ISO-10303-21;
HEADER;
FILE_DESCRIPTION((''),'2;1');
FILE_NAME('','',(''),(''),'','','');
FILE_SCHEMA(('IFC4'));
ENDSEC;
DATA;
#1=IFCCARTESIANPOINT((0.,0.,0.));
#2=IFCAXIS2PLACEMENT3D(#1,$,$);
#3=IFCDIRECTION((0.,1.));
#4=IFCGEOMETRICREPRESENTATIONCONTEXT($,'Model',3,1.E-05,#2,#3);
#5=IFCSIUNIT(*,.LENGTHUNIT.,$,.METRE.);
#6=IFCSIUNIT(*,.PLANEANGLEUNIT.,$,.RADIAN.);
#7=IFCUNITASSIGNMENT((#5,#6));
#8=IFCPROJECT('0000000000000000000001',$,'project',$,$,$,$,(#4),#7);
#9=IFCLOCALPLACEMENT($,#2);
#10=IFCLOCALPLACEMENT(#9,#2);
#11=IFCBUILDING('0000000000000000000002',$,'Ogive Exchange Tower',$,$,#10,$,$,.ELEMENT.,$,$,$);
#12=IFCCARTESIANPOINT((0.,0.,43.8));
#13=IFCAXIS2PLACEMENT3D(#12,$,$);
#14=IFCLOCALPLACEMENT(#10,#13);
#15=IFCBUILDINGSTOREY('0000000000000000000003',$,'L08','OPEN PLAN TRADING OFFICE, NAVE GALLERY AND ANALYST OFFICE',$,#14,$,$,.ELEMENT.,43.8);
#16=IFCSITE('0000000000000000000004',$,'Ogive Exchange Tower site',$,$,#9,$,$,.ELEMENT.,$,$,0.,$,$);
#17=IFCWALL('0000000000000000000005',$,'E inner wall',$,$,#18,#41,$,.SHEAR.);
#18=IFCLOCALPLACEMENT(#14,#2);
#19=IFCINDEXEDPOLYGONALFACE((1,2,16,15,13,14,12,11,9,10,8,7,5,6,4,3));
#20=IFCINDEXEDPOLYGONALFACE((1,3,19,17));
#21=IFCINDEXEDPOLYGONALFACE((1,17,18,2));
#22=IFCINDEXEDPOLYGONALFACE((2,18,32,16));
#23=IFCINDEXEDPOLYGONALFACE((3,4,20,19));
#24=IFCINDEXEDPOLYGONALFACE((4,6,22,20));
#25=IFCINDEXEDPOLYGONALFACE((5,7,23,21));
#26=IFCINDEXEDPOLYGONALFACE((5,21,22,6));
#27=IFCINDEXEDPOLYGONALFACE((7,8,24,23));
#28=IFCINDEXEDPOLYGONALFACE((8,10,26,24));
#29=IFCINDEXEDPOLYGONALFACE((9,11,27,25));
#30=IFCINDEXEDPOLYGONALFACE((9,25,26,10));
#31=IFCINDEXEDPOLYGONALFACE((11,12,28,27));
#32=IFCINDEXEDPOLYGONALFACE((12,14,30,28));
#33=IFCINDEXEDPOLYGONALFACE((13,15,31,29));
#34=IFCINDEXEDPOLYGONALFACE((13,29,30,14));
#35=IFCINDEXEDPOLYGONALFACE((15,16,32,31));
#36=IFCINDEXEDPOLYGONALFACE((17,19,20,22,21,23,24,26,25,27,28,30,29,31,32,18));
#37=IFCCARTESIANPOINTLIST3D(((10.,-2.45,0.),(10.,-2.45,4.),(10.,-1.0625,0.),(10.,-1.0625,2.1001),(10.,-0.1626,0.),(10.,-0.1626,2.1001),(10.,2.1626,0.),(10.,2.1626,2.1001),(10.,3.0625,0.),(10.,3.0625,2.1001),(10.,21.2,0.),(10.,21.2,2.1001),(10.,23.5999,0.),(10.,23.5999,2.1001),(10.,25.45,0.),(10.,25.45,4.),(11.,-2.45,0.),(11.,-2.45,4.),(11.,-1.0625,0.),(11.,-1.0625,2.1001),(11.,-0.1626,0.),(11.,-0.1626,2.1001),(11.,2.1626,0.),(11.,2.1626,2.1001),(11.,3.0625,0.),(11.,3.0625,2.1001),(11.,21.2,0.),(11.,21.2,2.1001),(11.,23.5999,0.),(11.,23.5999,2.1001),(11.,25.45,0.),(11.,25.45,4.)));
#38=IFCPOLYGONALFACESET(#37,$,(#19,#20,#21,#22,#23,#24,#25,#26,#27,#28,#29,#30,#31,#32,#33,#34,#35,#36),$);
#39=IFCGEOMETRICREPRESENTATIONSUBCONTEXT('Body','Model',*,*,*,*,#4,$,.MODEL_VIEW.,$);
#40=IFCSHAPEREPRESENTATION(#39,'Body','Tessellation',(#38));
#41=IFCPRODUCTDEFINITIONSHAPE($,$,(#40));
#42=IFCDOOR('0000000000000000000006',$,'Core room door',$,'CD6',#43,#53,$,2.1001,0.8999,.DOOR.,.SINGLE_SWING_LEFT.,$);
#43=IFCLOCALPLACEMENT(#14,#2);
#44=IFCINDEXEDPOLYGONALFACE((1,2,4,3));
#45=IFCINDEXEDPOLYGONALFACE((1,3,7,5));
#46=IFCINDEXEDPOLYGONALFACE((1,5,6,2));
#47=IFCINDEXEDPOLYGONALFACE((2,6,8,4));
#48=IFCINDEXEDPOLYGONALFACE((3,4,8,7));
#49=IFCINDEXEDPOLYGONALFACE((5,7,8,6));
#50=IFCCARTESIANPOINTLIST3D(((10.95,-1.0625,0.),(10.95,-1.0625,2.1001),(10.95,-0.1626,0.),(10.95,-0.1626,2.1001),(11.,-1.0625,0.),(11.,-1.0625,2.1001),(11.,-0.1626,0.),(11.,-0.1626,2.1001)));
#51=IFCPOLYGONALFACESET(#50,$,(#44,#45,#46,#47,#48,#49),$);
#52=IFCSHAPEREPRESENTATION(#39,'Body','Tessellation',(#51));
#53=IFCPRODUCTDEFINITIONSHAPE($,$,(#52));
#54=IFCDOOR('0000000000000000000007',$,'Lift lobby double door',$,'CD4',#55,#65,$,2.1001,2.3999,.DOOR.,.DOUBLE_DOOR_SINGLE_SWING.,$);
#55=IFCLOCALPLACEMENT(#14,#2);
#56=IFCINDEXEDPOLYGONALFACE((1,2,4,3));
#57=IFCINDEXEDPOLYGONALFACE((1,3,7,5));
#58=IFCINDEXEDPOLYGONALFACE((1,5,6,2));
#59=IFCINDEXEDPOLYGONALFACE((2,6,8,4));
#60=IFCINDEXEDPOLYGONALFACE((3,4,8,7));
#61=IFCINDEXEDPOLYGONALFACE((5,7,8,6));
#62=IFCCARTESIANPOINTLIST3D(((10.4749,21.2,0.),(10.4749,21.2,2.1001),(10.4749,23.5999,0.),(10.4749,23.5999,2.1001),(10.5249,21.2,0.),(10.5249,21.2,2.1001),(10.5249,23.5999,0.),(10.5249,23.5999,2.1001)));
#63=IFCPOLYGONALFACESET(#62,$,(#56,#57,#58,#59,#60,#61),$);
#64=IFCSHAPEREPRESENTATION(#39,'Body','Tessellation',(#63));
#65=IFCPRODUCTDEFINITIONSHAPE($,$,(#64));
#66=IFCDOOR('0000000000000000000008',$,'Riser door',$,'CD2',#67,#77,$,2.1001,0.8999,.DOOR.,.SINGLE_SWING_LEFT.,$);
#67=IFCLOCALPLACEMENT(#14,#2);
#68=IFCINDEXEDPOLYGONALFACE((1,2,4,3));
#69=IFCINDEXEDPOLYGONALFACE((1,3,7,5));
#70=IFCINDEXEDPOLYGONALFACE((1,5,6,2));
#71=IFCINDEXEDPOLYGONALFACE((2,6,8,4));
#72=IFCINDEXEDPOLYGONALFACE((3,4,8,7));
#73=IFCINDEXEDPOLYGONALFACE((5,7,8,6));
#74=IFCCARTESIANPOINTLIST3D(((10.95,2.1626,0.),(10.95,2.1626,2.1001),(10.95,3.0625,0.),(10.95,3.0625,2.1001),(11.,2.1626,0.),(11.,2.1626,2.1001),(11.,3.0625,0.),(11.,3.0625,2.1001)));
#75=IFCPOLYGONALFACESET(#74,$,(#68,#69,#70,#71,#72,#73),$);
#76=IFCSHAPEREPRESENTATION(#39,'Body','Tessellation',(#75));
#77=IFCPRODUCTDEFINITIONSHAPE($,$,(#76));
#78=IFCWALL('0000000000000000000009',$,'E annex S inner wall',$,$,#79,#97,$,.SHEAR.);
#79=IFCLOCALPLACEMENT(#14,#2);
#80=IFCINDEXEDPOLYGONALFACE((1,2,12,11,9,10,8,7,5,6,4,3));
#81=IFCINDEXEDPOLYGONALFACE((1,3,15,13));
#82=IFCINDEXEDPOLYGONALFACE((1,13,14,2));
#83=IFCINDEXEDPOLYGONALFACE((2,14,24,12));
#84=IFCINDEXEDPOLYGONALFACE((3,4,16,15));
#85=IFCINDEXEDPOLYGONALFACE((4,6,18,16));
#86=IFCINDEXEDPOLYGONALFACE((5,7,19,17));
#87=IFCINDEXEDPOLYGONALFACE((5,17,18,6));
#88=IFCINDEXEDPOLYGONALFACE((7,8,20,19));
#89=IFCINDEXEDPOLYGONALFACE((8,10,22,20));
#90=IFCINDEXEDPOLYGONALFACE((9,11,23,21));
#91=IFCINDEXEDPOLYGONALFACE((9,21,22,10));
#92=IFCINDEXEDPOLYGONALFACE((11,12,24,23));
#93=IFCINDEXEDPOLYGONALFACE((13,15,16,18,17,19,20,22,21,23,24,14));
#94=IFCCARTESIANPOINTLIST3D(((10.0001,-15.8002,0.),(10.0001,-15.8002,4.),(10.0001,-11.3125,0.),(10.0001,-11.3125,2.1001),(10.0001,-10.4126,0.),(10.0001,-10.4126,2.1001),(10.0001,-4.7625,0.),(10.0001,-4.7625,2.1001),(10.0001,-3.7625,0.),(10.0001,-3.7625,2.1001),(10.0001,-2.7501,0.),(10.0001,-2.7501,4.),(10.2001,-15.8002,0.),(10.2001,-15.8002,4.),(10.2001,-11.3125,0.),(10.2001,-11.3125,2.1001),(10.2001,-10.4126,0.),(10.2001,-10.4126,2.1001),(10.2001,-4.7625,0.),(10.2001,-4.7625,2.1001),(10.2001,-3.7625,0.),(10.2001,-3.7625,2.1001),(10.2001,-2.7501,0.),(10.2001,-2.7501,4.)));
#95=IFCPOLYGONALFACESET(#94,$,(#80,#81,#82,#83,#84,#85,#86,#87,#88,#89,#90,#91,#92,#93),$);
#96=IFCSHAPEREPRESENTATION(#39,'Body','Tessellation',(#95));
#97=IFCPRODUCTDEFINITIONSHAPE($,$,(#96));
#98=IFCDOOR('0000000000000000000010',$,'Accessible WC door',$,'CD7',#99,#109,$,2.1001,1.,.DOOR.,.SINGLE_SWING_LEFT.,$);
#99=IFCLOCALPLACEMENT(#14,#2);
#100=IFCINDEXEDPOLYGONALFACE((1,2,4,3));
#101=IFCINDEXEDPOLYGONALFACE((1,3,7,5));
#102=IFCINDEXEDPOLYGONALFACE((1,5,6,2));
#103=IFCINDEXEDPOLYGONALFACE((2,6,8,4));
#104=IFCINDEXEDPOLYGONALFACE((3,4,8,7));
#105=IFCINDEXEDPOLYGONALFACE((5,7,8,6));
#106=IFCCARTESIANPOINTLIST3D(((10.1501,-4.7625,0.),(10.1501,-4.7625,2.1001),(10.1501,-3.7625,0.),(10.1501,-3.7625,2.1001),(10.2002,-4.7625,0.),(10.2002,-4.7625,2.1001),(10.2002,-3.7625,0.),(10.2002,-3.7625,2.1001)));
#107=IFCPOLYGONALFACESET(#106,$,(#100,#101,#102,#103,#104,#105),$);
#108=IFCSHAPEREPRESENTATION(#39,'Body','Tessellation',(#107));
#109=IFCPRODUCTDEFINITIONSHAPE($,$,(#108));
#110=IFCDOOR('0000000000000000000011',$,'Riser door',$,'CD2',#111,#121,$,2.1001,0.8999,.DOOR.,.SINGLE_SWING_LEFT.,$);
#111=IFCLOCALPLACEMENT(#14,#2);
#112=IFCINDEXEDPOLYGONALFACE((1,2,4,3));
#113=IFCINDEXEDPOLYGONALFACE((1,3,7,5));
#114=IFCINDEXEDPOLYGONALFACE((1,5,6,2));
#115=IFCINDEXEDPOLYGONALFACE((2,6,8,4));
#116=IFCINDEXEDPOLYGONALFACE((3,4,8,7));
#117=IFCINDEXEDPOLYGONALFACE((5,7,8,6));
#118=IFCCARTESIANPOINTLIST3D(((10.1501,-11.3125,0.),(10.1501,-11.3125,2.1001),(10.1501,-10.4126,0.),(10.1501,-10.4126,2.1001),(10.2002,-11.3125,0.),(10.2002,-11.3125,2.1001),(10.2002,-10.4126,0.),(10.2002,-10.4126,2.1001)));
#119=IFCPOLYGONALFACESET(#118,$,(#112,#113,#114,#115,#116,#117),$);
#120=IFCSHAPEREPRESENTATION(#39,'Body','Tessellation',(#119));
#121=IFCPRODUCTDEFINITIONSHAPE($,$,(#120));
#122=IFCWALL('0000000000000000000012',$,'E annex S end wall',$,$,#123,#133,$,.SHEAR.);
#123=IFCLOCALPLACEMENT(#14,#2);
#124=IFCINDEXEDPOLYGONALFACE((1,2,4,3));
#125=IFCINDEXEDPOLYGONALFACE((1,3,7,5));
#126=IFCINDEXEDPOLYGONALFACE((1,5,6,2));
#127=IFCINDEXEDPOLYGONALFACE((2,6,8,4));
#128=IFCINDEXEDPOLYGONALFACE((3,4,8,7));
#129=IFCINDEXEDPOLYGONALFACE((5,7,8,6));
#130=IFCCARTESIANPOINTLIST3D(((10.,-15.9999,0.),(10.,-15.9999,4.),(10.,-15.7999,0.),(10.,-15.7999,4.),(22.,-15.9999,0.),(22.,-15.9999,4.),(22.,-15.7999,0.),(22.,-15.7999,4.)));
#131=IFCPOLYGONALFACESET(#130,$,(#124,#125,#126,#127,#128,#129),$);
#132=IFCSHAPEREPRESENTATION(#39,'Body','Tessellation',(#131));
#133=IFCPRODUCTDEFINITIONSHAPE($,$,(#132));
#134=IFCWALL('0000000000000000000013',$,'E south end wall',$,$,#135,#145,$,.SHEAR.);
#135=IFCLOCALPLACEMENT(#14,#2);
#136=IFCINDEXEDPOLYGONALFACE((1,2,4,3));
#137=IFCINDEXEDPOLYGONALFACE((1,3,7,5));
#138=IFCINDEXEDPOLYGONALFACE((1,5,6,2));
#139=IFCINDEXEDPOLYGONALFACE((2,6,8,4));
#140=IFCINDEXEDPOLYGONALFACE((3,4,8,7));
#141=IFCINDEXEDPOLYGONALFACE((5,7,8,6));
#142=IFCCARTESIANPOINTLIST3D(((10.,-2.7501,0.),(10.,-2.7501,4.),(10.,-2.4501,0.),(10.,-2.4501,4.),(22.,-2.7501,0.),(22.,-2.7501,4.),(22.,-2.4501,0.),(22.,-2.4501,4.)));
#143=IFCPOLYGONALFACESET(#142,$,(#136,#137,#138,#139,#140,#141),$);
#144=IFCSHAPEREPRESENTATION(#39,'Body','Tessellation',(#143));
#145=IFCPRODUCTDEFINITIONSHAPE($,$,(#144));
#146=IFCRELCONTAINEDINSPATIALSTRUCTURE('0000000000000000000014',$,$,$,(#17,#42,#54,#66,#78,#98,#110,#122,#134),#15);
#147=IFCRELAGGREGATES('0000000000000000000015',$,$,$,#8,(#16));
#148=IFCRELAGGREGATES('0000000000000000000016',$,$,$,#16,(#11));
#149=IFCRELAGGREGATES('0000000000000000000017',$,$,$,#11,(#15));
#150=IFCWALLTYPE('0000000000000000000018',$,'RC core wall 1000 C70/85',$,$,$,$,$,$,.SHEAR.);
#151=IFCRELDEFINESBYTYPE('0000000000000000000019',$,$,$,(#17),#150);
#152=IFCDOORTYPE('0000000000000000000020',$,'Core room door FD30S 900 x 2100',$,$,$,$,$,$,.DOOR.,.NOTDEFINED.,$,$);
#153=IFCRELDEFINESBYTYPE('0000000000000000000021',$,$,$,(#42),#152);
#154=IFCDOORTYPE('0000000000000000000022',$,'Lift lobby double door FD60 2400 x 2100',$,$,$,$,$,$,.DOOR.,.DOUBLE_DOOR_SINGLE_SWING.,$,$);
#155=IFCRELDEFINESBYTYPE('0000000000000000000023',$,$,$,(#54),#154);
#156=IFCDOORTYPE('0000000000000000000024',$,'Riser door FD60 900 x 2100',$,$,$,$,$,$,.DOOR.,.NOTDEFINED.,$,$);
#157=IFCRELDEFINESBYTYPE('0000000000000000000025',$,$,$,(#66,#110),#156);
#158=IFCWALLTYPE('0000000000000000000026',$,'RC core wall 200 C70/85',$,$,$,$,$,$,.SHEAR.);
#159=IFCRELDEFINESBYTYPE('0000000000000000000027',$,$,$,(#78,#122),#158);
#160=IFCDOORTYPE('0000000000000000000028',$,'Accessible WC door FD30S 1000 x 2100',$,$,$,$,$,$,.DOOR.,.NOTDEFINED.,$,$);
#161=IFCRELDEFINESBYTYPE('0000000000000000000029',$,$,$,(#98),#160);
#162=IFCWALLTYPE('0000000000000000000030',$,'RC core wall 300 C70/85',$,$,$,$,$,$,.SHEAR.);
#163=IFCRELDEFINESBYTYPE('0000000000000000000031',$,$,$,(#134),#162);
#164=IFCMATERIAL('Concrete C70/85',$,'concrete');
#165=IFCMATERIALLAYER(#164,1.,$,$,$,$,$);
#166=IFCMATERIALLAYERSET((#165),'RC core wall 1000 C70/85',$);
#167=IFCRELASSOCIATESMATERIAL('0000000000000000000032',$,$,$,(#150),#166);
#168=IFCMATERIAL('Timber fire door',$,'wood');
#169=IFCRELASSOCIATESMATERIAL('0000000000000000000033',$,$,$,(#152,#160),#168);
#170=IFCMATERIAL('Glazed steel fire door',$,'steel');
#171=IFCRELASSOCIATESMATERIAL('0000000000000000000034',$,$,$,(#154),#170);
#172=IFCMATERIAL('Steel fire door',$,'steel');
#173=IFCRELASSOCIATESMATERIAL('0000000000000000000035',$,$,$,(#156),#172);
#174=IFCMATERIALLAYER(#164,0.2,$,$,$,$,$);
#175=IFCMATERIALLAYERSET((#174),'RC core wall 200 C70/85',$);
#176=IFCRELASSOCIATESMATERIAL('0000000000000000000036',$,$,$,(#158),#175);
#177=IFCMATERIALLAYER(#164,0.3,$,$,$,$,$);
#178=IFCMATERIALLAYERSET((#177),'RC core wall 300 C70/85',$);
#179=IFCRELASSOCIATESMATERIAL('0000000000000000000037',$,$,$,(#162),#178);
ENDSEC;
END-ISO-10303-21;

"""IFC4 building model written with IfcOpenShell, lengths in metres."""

from ifc_helpers import new_model, si_unit, direction, frame, frame_2d, origin, place, context, subcontext, project, spatial, rectangle, extrude, material, layer, layer_set, type_object, element, fill, save


model = new_model("IFC4")

# Units and contexts
model_context = context("Model", 3, precision=1e-05, world=origin(), true_north=direction((0.0, 1.0)))
body_context = subcontext(model_context, "Body", "Model", "MODEL_VIEW")
ifc_project = project(units=[si_unit("LENGTHUNIT", "METRE"), si_unit("PLANEANGLEUNIT", "RADIAN")], contexts=[model_context])

# Site, building, storey
site_placement = place(None, origin())
site = spatial("IfcSite", under=ifc_project, at=site_placement, Name="Ogive Exchange Tower site", CompositionType="ELEMENT", RefElevation=0.0)
building_placement = place(site_placement, origin())
building = spatial("IfcBuilding", under=site, at=building_placement, Name="Ogive Exchange Tower", CompositionType="ELEMENT")
storey_placement = place(building_placement, frame((0.0, 0.0, 43.8)))
storey = spatial("IfcBuildingStorey", under=building, at=storey_placement, Name="L08", Description="OPEN PLAN TRADING OFFICE, NAVE GALLERY AND ANALYST OFFICE", CompositionType="ELEMENT", Elevation=43.8)

# Shared definitions
ifc_material_1 = material(Name="Concrete C70/85", Category="concrete")

# Walls, openings, doors
ifc_layer_1 = layer(ifc_material_1, 1.0)
ifc_layer_set_1 = layer_set([ifc_layer_1], Name="RC core wall 1000 C70/85")
wall_type_1 = type_object("IfcWallType", Name="RC core wall 1000 C70/85", PredefinedType="SHEAR", material=ifc_layer_set_1)
wall_1_placement = place(storey_placement, frame((10.5, -2.45, 0.0), z_axis=(0.0, 0.0, 1.0), x_axis=(0.0, 1.0, 0.0)))
wall_1 = element("IfcWall", 1, at=wall_1_placement, inside=storey, type_object=wall_type_1, Name="E inner wall", PredefinedType="SHEAR", context=body_context, shape_type="SweptSolid", body=[
    extrude(rectangle(XDim=27.8999, YDim=1.0, at=frame_2d((13.95, 0.0))), origin(), (0.0, 0.0, 1.0), 4.0),
])
opening_1_placement = place(wall_1_placement, frame((23.6499, 0.0, 0.0)))
opening_1 = element("IfcOpeningElement", 2, at=opening_1_placement, cuts=wall_1, PredefinedType="OPENING", context=body_context, shape_type="SweptSolid", body=[
    extrude(rectangle(XDim=2.3999, YDim=2.1001, at=frame_2d((1.2, 1.05))), frame((0.0, 0.51, 0.0), z_axis=(0.0, -1.0, 0.0), x_axis=(1.0, 0.0, 0.0)), (0.0, 0.0, 1.0), 1.02),
])
opening_2_placement = place(wall_1_placement, frame((1.3875, 0.0, 0.0)))
opening_2 = element("IfcOpeningElement", 3, at=opening_2_placement, cuts=wall_1, PredefinedType="OPENING", context=body_context, shape_type="SweptSolid", body=[
    extrude(rectangle(XDim=0.8999, YDim=2.1001, at=frame_2d((0.45, 1.05))), frame((0.0, 0.51, 0.0), z_axis=(0.0, -1.0, 0.0), x_axis=(1.0, 0.0, 0.0)), (0.0, 0.0, 1.0), 1.02),
])
opening_3_placement = place(wall_1_placement, frame((4.6125, 0.0, 0.0)))
opening_3 = element("IfcOpeningElement", 4, at=opening_3_placement, cuts=wall_1, PredefinedType="OPENING", context=body_context, shape_type="SweptSolid", body=[
    extrude(rectangle(XDim=0.8999, YDim=2.1001, at=frame_2d((0.45, 1.05))), frame((0.0, 0.51, 0.0), z_axis=(0.0, -1.0, 0.0), x_axis=(1.0, 0.0, 0.0)), (0.0, 0.0, 1.0), 1.02),
])
ifc_material_2 = material(Name="Timber fire door", Category="wood")
door_type_1 = type_object("IfcDoorType", Name="Core room door FD30S 900 x 2100", OperationType="NOTDEFINED", PredefinedType="DOOR", material=ifc_material_2)
door_1_placement = place(opening_2_placement, frame((0.8999, -0.9502, 0.0), z_axis=(0.0, 0.0, 1.0), x_axis=(-1.0, 0.0, 0.0)))
door_1 = element("IfcDoor", 5, at=door_1_placement, inside=storey, type_object=door_type_1, Name="Core room door", ObjectType="CD6", OperationType="SINGLE_SWING_LEFT", OverallHeight=2.1001, OverallWidth=0.8999, PredefinedType="DOOR", context=body_context, shape_type="SweptSolid", body=[
    extrude(rectangle(XDim=0.8999, YDim=2.1001, at=frame_2d((0.45, 1.05))), frame((0.0, -0.4502, 0.0), z_axis=(0.0, -1.0, 0.0), x_axis=(1.0, 0.0, 0.0)), (0.0, 0.0, 1.0), 0.05),
])
fill(opening_2, door_1)
ifc_material_3 = material(Name="Glazed steel fire door", Category="steel")
door_type_2 = type_object("IfcDoorType", Name="Lift lobby double door FD60 2400 x 2100", OperationType="DOUBLE_DOOR_SINGLE_SWING", PredefinedType="DOOR", material=ifc_material_3)
door_2_placement = place(opening_1_placement, frame((2.3999, 0.0, 0.0), z_axis=(0.0, 0.0, 1.0), x_axis=(-1.0, 0.0, 0.0)))
door_2 = element("IfcDoor", 6, at=door_2_placement, inside=storey, type_object=door_type_2, Name="Lift lobby double door", ObjectType="CD4", OperationType="DOUBLE_DOOR_SINGLE_SWING", OverallHeight=2.1001, OverallWidth=2.3999, PredefinedType="DOOR", context=body_context, shape_type="SweptSolid", body=[
    extrude(rectangle(XDim=2.3999, YDim=2.1001, at=frame_2d((1.2, 1.05))), frame((0.0, 0.0249, 0.0), z_axis=(0.0, -1.0, 0.0), x_axis=(1.0, 0.0, 0.0)), (0.0, 0.0, 1.0), 0.05),
])
fill(opening_1, door_2)
ifc_material_4 = material(Name="Steel fire door", Category="steel")
door_type_3 = type_object("IfcDoorType", Name="Riser door FD60 900 x 2100", OperationType="NOTDEFINED", PredefinedType="DOOR", material=ifc_material_4)
door_3_placement = place(opening_3_placement, frame((0.8999, -0.9502, 0.0), z_axis=(0.0, 0.0, 1.0), x_axis=(-1.0, 0.0, 0.0)))
door_3 = element("IfcDoor", 7, at=door_3_placement, inside=storey, type_object=door_type_3, Name="Riser door", ObjectType="CD2", OperationType="SINGLE_SWING_LEFT", OverallHeight=2.1001, OverallWidth=0.8999, PredefinedType="DOOR", context=body_context, shape_type="SweptSolid", body=[
    extrude(rectangle(XDim=0.8999, YDim=2.1001, at=frame_2d((0.45, 1.05))), frame((0.0, -0.4502, 0.0), z_axis=(0.0, -1.0, 0.0), x_axis=(1.0, 0.0, 0.0)), (0.0, 0.0, 1.0), 0.05),
])
fill(opening_3, door_3)
ifc_layer_2 = layer(ifc_material_1, 0.2)
ifc_layer_set_2 = layer_set([ifc_layer_2], Name="RC core wall 200 C70/85")
wall_type_2 = type_object("IfcWallType", Name="RC core wall 200 C70/85", PredefinedType="SHEAR", material=ifc_layer_set_2)
wall_2_placement = place(storey_placement, frame((10.1001, -15.8, 0.0), z_axis=(0.0, 0.0, 1.0), x_axis=(0.0, 1.0, 0.0)))
wall_2 = element("IfcWall", 8, at=wall_2_placement, inside=storey, type_object=wall_type_2, Name="E annex S inner wall", PredefinedType="SHEAR", context=body_context, shape_type="SweptSolid", body=[
    extrude(rectangle(XDim=13.05, YDim=0.2, at=frame_2d((6.5249, 0.0))), origin(), (0.0, 0.0, 1.0), 4.0),
])
opening_4_placement = place(wall_2_placement, frame((4.4875, 0.0, 0.0)))
opening_4 = element("IfcOpeningElement", 9, at=opening_4_placement, cuts=wall_2, PredefinedType="OPENING", context=body_context, shape_type="SweptSolid", body=[
    extrude(rectangle(XDim=0.8999, YDim=2.1001, at=frame_2d((0.45, 1.05))), frame((0.0, 0.1099, 0.0), z_axis=(0.0, -1.0, 0.0), x_axis=(1.0, 0.0, 0.0)), (0.0, 0.0, 1.0), 0.22),
])
opening_5_placement = place(wall_2_placement, frame((11.0376, 0.0, 0.0)))
opening_5 = element("IfcOpeningElement", 10, at=opening_5_placement, cuts=wall_2, PredefinedType="OPENING", context=body_context, shape_type="SweptSolid", body=[
    extrude(rectangle(XDim=1.0, YDim=2.1001, at=frame_2d((0.5, 1.05))), frame((0.0, 0.1099, 0.0), z_axis=(0.0, -1.0, 0.0), x_axis=(1.0, 0.0, 0.0)), (0.0, 0.0, 1.0), 0.22),
])
door_type_4 = type_object("IfcDoorType", Name="Accessible WC door FD30S 1000 x 2100", OperationType="NOTDEFINED", PredefinedType="DOOR", material=ifc_material_2)
door_4_placement = place(opening_5_placement, frame((1.0, -0.1499, 0.0), z_axis=(0.0, 0.0, 1.0), x_axis=(-1.0, 0.0, 0.0)))
door_4 = element("IfcDoor", 11, at=door_4_placement, inside=storey, type_object=door_type_4, Name="Accessible WC door", ObjectType="CD7", OperationType="SINGLE_SWING_LEFT", OverallHeight=2.1001, OverallWidth=1.0, PredefinedType="DOOR", context=body_context, shape_type="SweptSolid", body=[
    extrude(rectangle(XDim=1.0, YDim=2.1001, at=frame_2d((0.5, 1.05))), frame((0.0, -0.0498, 0.0), z_axis=(0.0, -1.0, 0.0), x_axis=(1.0, 0.0, 0.0)), (0.0, 0.0, 1.0), 0.05),
])
fill(opening_5, door_4)
door_5_placement = place(opening_4_placement, frame((0.8999, -0.1499, 0.0), z_axis=(0.0, 0.0, 1.0), x_axis=(-1.0, 0.0, 0.0)))
door_5 = element("IfcDoor", 12, at=door_5_placement, inside=storey, type_object=door_type_3, Name="Riser door", ObjectType="CD2", OperationType="SINGLE_SWING_LEFT", OverallHeight=2.1001, OverallWidth=0.8999, PredefinedType="DOOR", context=body_context, shape_type="SweptSolid", body=[
    extrude(rectangle(XDim=0.8999, YDim=2.1001, at=frame_2d((0.45, 1.05))), frame((0.0, -0.0498, 0.0), z_axis=(0.0, -1.0, 0.0), x_axis=(1.0, 0.0, 0.0)), (0.0, 0.0, 1.0), 0.05),
])
fill(opening_4, door_5)

# Walls
wall_3_placement = place(storey_placement, frame((10.0, -15.8999, 0.0), z_axis=(0.0, 0.0, 1.0), x_axis=(1.0, 0.0, 0.0)))
element("IfcWall", 13, at=wall_3_placement, inside=storey, type_object=wall_type_2, Name="E annex S end wall", PredefinedType="SHEAR", context=body_context, shape_type="SweptSolid", body=[
    extrude(rectangle(XDim=12.0, YDim=0.2, at=frame_2d((6.0, 0.0))), origin(), (0.0, 0.0, 1.0), 4.0),
])
ifc_layer_3 = layer(ifc_material_1, 0.3)
ifc_layer_set_3 = layer_set([ifc_layer_3], Name="RC core wall 300 C70/85")
wall_type_3 = type_object("IfcWallType", Name="RC core wall 300 C70/85", PredefinedType="SHEAR", material=ifc_layer_set_3)
wall_4_placement = place(storey_placement, frame((10.0, -2.6001, 0.0), z_axis=(0.0, 0.0, 1.0), x_axis=(1.0, 0.0, 0.0)))
element("IfcWall", 14, at=wall_4_placement, inside=storey, type_object=wall_type_3, Name="E south end wall", PredefinedType="SHEAR", context=body_context, shape_type="SweptSolid", body=[
    extrude(rectangle(XDim=12.0, YDim=0.3, at=frame_2d((6.0, 0.0))), origin(), (0.0, 0.0, 1.0), 4.0),
])

save(model, "model.ifc")
